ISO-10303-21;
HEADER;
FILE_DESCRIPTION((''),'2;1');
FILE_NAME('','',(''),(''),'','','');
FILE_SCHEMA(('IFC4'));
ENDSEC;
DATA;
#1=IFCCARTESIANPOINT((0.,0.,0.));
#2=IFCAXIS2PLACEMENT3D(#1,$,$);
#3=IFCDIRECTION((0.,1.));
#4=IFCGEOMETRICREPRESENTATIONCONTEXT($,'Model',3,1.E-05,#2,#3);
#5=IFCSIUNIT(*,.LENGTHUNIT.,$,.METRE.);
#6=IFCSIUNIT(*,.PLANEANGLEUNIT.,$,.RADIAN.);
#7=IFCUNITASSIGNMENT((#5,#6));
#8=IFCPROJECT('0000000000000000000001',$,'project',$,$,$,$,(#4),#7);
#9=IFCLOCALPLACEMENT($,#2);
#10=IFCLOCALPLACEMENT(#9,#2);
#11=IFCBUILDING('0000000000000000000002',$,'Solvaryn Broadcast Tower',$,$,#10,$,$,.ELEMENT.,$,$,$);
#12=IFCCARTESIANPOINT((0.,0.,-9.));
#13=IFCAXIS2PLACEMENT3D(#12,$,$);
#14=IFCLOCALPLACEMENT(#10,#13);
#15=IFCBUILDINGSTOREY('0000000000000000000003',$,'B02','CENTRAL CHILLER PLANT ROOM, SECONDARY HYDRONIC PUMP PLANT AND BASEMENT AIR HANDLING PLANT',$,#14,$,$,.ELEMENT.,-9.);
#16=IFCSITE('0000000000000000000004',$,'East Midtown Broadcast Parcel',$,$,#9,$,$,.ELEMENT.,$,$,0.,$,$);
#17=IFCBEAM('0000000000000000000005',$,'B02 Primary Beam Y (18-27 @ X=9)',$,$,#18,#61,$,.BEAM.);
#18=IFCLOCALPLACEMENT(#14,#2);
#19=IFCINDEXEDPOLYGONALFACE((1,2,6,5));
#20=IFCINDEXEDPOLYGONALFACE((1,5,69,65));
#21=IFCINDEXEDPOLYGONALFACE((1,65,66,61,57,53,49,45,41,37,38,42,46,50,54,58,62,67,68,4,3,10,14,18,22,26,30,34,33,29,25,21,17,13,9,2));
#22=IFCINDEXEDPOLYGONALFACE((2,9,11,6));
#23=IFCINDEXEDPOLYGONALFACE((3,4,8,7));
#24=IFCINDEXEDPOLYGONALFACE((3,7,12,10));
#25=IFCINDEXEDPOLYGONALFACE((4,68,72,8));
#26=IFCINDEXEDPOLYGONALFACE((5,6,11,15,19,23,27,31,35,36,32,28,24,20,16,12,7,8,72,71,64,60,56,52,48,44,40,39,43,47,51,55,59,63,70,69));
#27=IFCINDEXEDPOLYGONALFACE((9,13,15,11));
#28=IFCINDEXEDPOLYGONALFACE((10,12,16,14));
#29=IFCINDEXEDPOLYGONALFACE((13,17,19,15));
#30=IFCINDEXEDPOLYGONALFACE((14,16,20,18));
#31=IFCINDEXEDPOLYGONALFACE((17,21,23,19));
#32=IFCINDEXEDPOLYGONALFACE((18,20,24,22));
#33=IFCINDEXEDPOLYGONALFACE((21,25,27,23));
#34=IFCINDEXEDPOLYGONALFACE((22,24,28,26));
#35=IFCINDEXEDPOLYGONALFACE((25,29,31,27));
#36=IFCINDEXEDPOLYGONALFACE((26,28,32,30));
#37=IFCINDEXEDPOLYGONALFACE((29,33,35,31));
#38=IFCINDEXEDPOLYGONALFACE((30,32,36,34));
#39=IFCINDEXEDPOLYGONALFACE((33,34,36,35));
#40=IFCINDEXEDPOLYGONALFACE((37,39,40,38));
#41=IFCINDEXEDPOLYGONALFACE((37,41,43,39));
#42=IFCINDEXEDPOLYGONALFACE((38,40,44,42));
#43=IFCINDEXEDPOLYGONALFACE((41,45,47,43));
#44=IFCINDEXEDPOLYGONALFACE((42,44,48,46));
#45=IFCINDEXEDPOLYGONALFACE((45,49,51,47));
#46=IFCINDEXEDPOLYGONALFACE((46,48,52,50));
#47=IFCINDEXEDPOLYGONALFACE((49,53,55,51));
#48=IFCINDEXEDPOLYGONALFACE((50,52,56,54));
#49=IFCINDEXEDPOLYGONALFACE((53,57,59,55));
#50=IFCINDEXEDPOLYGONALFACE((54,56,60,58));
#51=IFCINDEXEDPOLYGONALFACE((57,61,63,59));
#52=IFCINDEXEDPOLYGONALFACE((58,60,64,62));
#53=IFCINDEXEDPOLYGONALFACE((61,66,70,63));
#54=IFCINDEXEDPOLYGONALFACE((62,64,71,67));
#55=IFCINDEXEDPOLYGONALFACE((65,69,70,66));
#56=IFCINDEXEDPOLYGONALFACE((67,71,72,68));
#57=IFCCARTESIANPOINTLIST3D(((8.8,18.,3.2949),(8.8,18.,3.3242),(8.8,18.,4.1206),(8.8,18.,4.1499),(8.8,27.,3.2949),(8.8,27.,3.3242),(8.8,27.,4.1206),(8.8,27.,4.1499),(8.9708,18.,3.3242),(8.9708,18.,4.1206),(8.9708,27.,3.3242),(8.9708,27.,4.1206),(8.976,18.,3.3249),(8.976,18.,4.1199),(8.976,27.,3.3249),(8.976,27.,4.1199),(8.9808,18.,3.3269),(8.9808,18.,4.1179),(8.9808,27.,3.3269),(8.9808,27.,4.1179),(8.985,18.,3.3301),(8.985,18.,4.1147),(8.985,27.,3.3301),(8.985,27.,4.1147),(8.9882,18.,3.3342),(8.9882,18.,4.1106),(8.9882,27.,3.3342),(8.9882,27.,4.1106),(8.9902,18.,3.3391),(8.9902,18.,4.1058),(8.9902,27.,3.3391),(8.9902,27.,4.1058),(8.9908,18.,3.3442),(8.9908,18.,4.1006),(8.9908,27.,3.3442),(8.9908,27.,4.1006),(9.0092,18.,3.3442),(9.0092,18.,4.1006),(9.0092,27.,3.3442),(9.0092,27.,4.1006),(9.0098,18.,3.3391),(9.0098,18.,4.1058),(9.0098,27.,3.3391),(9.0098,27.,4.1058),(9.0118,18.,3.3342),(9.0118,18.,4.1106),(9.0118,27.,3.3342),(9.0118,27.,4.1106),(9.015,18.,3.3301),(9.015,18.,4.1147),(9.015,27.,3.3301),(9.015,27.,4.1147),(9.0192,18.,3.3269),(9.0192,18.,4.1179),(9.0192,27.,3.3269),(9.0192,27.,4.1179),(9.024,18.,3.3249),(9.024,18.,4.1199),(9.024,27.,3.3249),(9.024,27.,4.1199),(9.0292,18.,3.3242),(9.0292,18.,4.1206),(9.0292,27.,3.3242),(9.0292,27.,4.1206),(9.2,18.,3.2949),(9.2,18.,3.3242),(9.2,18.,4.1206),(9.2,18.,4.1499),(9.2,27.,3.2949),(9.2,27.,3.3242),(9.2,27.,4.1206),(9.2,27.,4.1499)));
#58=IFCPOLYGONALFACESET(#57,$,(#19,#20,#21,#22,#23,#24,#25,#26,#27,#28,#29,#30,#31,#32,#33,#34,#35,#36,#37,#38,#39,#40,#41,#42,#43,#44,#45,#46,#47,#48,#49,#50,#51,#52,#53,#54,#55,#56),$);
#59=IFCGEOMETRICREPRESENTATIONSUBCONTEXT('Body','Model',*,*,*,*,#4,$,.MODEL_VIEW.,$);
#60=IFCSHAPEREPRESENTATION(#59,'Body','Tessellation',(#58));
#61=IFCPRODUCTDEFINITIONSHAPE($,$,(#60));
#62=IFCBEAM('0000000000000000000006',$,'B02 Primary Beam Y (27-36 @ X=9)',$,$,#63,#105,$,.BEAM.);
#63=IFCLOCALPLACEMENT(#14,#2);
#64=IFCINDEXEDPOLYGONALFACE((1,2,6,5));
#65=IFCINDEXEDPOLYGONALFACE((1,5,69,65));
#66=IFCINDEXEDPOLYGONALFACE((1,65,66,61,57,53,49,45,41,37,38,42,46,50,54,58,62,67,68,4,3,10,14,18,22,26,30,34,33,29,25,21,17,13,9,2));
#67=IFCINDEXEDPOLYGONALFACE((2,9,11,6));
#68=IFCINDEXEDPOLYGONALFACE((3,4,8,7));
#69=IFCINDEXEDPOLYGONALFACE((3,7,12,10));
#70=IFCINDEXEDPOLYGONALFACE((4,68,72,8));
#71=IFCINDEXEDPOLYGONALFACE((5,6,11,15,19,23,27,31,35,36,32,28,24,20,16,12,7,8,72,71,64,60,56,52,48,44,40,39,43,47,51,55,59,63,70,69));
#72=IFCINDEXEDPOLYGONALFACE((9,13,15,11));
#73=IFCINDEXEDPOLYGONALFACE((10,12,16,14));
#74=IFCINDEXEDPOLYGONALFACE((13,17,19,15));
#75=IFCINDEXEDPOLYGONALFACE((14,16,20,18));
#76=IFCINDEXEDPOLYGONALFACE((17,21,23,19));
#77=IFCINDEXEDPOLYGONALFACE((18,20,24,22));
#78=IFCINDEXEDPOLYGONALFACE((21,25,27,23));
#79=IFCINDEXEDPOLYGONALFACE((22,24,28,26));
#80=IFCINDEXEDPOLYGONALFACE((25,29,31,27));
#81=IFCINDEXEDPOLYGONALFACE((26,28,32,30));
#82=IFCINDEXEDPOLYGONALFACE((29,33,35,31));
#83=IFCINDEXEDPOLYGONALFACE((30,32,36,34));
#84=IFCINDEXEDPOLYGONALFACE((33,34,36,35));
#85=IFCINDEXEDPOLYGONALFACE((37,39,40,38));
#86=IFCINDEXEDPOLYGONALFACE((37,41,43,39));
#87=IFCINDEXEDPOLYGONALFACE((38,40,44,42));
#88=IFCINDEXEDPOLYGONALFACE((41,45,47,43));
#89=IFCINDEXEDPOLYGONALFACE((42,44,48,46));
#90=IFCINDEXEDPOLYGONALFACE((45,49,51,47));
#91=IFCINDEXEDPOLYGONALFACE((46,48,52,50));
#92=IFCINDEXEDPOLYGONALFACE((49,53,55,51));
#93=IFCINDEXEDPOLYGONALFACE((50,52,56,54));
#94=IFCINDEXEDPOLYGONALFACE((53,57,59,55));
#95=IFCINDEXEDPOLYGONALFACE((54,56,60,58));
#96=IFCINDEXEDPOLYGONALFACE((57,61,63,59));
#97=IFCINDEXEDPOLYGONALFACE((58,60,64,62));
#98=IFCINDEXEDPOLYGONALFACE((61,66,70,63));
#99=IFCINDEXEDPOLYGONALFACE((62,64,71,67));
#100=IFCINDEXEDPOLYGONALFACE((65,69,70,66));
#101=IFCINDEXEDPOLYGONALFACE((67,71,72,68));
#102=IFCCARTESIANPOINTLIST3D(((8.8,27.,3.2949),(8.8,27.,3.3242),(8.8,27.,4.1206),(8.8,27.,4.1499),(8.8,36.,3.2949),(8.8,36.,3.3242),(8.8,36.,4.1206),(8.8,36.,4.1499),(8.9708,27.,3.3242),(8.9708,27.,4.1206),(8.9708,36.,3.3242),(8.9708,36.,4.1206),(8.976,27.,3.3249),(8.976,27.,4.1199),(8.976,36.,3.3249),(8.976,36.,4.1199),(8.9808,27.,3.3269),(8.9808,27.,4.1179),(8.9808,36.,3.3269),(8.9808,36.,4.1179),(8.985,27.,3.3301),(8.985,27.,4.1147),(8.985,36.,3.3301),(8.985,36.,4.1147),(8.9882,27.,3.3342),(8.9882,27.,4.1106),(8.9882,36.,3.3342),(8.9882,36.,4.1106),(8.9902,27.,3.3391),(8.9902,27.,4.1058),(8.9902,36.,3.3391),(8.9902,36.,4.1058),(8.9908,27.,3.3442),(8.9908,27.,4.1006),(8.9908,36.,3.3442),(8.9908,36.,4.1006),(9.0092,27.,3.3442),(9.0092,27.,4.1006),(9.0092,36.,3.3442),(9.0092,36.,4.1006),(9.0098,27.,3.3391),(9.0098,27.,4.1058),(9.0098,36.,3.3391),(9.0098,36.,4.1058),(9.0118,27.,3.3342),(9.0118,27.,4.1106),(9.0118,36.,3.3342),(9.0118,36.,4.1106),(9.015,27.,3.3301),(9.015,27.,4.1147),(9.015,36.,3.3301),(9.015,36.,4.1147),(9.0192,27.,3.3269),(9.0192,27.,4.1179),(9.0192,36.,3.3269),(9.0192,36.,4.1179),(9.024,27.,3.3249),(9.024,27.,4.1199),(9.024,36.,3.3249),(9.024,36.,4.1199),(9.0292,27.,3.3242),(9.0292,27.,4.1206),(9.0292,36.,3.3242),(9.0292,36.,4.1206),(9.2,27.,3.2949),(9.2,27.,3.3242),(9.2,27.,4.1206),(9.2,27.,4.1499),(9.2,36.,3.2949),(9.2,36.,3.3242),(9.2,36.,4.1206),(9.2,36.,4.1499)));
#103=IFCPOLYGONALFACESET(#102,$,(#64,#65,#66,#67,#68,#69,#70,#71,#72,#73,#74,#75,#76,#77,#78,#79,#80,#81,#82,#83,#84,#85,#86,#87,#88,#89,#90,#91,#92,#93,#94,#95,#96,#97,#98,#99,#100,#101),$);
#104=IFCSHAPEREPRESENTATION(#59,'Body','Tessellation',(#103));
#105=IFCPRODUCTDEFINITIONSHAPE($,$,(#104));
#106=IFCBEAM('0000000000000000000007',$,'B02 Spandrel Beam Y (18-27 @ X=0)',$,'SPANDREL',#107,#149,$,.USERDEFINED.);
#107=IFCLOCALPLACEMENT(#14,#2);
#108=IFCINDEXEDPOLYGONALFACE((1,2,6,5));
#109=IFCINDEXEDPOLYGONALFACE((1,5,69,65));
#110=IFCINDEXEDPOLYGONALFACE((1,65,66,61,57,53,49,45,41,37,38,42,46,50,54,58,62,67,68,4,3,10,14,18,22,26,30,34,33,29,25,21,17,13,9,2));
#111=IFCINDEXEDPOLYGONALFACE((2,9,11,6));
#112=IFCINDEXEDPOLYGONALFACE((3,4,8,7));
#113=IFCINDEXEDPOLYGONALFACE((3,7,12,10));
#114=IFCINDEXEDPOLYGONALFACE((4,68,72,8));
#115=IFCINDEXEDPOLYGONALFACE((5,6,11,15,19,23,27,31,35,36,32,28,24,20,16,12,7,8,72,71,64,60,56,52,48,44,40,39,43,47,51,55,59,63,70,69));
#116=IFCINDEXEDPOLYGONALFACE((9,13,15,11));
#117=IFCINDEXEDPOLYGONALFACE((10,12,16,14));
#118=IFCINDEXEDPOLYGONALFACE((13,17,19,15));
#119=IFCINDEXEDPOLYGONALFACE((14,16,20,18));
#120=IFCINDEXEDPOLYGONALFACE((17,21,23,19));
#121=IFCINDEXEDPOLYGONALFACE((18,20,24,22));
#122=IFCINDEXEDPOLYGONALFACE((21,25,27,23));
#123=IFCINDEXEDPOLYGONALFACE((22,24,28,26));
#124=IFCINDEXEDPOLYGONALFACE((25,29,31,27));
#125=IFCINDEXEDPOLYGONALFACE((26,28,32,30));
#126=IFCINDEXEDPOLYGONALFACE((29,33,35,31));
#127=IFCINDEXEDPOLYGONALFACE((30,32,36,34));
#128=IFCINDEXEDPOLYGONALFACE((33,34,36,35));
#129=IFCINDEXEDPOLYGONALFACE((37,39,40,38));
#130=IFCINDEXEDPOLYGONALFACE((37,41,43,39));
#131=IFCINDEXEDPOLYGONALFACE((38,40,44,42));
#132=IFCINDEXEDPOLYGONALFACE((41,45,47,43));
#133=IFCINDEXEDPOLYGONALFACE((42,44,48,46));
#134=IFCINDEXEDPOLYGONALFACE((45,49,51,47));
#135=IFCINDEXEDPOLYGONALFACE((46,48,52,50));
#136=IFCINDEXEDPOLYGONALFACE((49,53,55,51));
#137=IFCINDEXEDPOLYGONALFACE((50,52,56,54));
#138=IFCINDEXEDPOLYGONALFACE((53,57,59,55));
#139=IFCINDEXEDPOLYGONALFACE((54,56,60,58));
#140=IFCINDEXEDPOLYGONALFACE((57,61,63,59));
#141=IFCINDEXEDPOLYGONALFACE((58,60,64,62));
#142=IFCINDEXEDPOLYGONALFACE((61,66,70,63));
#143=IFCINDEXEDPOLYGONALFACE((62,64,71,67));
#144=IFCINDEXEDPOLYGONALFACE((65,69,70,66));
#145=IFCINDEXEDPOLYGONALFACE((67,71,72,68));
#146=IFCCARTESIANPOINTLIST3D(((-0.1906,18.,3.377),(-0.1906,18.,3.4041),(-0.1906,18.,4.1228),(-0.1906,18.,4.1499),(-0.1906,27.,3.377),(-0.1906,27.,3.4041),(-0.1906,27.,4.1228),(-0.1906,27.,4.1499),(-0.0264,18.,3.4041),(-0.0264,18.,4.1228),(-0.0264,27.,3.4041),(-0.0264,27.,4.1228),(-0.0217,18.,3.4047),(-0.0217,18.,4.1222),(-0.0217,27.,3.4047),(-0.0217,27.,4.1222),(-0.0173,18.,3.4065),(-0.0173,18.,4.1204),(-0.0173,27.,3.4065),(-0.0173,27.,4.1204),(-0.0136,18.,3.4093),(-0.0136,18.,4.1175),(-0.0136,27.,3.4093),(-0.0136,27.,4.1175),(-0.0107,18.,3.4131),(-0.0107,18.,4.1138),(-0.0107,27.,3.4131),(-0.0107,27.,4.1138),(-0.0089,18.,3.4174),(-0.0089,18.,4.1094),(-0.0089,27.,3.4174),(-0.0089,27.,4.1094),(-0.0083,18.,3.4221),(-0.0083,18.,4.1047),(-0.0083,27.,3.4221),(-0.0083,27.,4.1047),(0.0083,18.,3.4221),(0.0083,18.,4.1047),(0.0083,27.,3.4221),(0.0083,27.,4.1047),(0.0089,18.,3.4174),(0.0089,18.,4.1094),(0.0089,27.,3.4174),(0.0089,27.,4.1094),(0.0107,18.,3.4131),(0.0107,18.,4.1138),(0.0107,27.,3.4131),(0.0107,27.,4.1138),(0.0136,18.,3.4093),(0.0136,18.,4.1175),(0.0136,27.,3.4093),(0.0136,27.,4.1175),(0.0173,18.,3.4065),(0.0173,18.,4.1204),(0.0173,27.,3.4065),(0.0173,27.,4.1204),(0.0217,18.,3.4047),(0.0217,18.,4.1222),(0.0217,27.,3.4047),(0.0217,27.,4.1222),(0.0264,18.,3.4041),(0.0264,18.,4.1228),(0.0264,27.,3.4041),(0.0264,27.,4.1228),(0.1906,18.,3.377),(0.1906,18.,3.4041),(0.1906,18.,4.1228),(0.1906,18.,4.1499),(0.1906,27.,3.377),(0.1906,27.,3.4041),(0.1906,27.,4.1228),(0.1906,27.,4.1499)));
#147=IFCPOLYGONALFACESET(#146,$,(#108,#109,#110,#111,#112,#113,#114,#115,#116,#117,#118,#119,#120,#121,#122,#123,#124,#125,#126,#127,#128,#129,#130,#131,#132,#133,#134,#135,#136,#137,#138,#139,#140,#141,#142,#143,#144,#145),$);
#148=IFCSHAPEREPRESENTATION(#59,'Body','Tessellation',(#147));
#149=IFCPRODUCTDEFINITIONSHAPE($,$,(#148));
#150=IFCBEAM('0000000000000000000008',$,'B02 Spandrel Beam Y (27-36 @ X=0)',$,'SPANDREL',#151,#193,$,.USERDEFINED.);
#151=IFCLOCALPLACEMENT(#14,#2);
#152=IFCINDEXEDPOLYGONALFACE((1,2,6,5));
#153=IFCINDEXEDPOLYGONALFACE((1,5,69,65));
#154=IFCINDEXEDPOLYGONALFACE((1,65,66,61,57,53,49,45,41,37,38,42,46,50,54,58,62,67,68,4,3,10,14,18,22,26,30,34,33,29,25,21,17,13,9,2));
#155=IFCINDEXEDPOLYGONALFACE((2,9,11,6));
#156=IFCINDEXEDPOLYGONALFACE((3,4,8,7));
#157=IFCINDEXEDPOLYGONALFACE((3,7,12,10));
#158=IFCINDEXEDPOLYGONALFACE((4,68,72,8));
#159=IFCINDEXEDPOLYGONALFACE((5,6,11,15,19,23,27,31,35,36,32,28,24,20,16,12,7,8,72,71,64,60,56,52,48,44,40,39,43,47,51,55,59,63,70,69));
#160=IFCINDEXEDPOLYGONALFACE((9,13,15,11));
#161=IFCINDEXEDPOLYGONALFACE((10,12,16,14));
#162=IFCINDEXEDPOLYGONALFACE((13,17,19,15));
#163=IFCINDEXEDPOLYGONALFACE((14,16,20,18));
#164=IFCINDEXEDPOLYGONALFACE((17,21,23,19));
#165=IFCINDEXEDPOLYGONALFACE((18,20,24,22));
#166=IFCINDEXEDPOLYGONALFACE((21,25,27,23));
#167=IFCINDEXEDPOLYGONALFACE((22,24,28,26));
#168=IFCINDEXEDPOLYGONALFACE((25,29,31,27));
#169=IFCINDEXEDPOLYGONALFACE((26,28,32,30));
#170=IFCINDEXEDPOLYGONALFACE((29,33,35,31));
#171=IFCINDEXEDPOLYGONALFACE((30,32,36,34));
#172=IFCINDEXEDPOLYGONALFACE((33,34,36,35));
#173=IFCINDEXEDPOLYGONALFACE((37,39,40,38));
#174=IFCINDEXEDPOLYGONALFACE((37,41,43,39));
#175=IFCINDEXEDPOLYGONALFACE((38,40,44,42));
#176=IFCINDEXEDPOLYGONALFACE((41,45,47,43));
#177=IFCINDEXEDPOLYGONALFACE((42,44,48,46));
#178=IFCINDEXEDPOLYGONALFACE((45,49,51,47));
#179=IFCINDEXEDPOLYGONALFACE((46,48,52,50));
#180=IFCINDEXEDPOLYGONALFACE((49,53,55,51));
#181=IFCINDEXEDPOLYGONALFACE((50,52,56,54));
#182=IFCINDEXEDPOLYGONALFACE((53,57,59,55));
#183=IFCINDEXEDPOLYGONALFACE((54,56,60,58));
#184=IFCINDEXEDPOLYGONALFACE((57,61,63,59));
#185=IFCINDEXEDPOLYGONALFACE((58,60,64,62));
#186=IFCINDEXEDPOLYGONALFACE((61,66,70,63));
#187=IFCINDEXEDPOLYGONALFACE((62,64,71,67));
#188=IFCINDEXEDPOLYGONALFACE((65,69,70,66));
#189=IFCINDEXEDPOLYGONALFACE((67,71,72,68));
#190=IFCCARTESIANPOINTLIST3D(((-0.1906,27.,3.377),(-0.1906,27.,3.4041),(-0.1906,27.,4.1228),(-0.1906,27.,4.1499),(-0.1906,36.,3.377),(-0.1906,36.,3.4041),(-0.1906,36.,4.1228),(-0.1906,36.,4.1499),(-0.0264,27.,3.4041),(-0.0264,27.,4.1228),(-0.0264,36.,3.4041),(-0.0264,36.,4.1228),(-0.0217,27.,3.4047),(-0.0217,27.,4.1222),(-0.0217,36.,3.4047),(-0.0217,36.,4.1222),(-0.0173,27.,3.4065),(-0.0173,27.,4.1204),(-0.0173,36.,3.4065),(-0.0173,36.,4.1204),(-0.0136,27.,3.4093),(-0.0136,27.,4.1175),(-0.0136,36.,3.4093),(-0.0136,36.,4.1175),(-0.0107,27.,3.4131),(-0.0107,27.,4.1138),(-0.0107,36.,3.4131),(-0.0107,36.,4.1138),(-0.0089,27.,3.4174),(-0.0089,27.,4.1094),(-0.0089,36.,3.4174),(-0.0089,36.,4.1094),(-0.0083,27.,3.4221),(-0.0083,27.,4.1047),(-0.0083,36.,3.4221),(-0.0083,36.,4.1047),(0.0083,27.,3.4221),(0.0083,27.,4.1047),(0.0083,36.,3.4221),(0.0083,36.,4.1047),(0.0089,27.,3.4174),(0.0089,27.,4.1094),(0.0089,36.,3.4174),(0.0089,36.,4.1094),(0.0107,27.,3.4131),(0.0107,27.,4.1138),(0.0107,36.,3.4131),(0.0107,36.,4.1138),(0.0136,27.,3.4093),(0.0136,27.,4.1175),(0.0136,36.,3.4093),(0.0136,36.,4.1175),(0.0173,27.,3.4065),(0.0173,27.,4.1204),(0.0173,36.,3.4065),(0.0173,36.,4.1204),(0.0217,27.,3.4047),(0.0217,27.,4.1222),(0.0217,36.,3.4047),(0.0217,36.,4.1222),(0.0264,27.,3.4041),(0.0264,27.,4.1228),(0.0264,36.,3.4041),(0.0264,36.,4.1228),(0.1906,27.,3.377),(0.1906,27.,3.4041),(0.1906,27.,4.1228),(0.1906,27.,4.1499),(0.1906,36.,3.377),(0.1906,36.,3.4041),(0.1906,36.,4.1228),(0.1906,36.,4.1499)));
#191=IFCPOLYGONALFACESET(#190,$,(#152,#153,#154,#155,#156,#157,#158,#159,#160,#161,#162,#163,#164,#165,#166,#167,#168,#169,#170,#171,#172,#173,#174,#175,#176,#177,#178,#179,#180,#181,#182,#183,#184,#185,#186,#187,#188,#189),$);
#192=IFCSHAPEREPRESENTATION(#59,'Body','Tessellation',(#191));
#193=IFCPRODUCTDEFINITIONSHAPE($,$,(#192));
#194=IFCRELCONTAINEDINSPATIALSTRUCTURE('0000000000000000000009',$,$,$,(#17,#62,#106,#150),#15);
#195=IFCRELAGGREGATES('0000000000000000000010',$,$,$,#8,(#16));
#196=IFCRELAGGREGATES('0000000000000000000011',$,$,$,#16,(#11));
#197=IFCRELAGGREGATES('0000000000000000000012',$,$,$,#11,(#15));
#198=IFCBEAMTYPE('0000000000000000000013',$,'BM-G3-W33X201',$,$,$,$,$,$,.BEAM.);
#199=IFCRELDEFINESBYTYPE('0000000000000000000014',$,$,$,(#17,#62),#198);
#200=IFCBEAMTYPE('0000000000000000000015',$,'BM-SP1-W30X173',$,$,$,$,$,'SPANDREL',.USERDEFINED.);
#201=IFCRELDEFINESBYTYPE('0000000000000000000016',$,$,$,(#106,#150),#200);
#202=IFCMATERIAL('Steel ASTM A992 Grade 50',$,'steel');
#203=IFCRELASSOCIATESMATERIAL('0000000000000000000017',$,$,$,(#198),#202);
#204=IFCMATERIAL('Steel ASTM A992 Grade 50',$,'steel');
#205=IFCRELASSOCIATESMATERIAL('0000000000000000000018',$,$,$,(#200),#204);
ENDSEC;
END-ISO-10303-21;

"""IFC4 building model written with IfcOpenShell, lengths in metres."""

from ifc_helpers import new_model, si_unit, direction, frame, origin, origin_2d, place, context, subcontext, project, spatial, i_section, extrude, material, material_profile, profile_set, type_object, element, save


model = new_model("IFC4")

# Units and contexts
model_context = context("Model", 3, precision=1e-05, world=origin(), true_north=direction((0.0, 1.0)))
body_context = subcontext(model_context, "Body", "Model", "MODEL_VIEW")
ifc_project = project(units=[si_unit("LENGTHUNIT", "METRE"), si_unit("PLANEANGLEUNIT", "RADIAN")], contexts=[model_context])

# Site, building, storey
site_placement = place(None, origin())
site = spatial("IfcSite", under=ifc_project, at=site_placement, Name="East Midtown Broadcast Parcel", CompositionType="ELEMENT", RefElevation=0.0)
building_placement = place(site_placement, origin())
building = spatial("IfcBuilding", under=site, at=building_placement, Name="Solvaryn Broadcast Tower", CompositionType="ELEMENT")
storey_placement = place(building_placement, frame((0.0, 0.0, -9.0)))
storey = spatial("IfcBuildingStorey", under=building, at=storey_placement, Name="B02", Description="CENTRAL CHILLER PLANT ROOM, SECONDARY HYDRONIC PUMP PLANT AND BASEMENT AIR HANDLING PLANT", CompositionType="ELEMENT", Elevation=-9.0)

# Beams
ifc_material_1 = material(Name="Steel ASTM A992 Grade 50", Category="steel")
ifc_material_profile_1 = material_profile(ifc_material_1, i_section(OverallWidth=0.3999, OverallDepth=0.855, WebThickness=0.0183, FlangeThickness=0.0293, FilletRadius=0.02, at=origin_2d()))
ifc_profile_set_1 = profile_set([ifc_material_profile_1], Name="Steel ASTM A992 Grade 50")
beam_type_1 = type_object("IfcBeamType", Name="BM-G3-W33X201", PredefinedType="BEAM", material=ifc_profile_set_1)
for number, where, z_axis, x_axis, name in (
    (1, (9.0, 18.0, 3.7224), (0.0, 1.0, 0.0), (-1.0, 0.0, 0.0), "B02 Primary Beam Y (18-27 @ X=9)"),
    (2, (9.0, 27.0, 3.7224), (0.0, 1.0, 0.0), (-1.0, 0.0, 0.0), "B02 Primary Beam Y (27-36 @ X=9)"),
):
    element("IfcBeam", number, at=place(storey_placement, frame(where, z_axis=z_axis, x_axis=x_axis)), inside=storey, type_object=beam_type_1, Name=name, PredefinedType="BEAM", context=body_context, shape_type="SweptSolid", body=[
        extrude(i_section(OverallWidth=0.3999, OverallDepth=0.855, WebThickness=0.0183, FlangeThickness=0.0293, FilletRadius=0.02, at=origin_2d()), origin(), (0.0, 0.0, 1.0), 9.0),
    ])
ifc_material_2 = material(Name="Steel ASTM A992 Grade 50", Category="steel")
ifc_material_profile_2 = material_profile(ifc_material_2, i_section(OverallWidth=0.3811, OverallDepth=0.7729, WebThickness=0.0166, FlangeThickness=0.0271, FilletRadius=0.0181, at=origin_2d()))
ifc_profile_set_2 = profile_set([ifc_material_profile_2], Name="Steel ASTM A992 Grade 50")
beam_type_2 = type_object("IfcBeamType", Name="BM-SP1-W30X173", ElementType="SPANDREL", PredefinedType="USERDEFINED", material=ifc_profile_set_2)
for number, where, z_axis, x_axis, name in (
    (3, (0.0, 18.0, 3.7634), (0.0, 1.0, 0.0), (-1.0, 0.0, 0.0), "B02 Spandrel Beam Y (18-27 @ X=0)"),
    (4, (0.0, 27.0, 3.7634), (0.0, 1.0, 0.0), (-1.0, 0.0, 0.0), "B02 Spandrel Beam Y (27-36 @ X=0)"),
):
    element("IfcBeam", number, at=place(storey_placement, frame(where, z_axis=z_axis, x_axis=x_axis)), inside=storey, type_object=beam_type_2, Name=name, ObjectType="SPANDREL", PredefinedType="USERDEFINED", context=body_context, shape_type="SweptSolid", body=[
        extrude(i_section(OverallWidth=0.3811, OverallDepth=0.7729, WebThickness=0.0166, FlangeThickness=0.0271, FilletRadius=0.0181, at=origin_2d()), origin(), (0.0, 0.0, 1.0), 9.0),
    ])

save(model, "model.ifc")
